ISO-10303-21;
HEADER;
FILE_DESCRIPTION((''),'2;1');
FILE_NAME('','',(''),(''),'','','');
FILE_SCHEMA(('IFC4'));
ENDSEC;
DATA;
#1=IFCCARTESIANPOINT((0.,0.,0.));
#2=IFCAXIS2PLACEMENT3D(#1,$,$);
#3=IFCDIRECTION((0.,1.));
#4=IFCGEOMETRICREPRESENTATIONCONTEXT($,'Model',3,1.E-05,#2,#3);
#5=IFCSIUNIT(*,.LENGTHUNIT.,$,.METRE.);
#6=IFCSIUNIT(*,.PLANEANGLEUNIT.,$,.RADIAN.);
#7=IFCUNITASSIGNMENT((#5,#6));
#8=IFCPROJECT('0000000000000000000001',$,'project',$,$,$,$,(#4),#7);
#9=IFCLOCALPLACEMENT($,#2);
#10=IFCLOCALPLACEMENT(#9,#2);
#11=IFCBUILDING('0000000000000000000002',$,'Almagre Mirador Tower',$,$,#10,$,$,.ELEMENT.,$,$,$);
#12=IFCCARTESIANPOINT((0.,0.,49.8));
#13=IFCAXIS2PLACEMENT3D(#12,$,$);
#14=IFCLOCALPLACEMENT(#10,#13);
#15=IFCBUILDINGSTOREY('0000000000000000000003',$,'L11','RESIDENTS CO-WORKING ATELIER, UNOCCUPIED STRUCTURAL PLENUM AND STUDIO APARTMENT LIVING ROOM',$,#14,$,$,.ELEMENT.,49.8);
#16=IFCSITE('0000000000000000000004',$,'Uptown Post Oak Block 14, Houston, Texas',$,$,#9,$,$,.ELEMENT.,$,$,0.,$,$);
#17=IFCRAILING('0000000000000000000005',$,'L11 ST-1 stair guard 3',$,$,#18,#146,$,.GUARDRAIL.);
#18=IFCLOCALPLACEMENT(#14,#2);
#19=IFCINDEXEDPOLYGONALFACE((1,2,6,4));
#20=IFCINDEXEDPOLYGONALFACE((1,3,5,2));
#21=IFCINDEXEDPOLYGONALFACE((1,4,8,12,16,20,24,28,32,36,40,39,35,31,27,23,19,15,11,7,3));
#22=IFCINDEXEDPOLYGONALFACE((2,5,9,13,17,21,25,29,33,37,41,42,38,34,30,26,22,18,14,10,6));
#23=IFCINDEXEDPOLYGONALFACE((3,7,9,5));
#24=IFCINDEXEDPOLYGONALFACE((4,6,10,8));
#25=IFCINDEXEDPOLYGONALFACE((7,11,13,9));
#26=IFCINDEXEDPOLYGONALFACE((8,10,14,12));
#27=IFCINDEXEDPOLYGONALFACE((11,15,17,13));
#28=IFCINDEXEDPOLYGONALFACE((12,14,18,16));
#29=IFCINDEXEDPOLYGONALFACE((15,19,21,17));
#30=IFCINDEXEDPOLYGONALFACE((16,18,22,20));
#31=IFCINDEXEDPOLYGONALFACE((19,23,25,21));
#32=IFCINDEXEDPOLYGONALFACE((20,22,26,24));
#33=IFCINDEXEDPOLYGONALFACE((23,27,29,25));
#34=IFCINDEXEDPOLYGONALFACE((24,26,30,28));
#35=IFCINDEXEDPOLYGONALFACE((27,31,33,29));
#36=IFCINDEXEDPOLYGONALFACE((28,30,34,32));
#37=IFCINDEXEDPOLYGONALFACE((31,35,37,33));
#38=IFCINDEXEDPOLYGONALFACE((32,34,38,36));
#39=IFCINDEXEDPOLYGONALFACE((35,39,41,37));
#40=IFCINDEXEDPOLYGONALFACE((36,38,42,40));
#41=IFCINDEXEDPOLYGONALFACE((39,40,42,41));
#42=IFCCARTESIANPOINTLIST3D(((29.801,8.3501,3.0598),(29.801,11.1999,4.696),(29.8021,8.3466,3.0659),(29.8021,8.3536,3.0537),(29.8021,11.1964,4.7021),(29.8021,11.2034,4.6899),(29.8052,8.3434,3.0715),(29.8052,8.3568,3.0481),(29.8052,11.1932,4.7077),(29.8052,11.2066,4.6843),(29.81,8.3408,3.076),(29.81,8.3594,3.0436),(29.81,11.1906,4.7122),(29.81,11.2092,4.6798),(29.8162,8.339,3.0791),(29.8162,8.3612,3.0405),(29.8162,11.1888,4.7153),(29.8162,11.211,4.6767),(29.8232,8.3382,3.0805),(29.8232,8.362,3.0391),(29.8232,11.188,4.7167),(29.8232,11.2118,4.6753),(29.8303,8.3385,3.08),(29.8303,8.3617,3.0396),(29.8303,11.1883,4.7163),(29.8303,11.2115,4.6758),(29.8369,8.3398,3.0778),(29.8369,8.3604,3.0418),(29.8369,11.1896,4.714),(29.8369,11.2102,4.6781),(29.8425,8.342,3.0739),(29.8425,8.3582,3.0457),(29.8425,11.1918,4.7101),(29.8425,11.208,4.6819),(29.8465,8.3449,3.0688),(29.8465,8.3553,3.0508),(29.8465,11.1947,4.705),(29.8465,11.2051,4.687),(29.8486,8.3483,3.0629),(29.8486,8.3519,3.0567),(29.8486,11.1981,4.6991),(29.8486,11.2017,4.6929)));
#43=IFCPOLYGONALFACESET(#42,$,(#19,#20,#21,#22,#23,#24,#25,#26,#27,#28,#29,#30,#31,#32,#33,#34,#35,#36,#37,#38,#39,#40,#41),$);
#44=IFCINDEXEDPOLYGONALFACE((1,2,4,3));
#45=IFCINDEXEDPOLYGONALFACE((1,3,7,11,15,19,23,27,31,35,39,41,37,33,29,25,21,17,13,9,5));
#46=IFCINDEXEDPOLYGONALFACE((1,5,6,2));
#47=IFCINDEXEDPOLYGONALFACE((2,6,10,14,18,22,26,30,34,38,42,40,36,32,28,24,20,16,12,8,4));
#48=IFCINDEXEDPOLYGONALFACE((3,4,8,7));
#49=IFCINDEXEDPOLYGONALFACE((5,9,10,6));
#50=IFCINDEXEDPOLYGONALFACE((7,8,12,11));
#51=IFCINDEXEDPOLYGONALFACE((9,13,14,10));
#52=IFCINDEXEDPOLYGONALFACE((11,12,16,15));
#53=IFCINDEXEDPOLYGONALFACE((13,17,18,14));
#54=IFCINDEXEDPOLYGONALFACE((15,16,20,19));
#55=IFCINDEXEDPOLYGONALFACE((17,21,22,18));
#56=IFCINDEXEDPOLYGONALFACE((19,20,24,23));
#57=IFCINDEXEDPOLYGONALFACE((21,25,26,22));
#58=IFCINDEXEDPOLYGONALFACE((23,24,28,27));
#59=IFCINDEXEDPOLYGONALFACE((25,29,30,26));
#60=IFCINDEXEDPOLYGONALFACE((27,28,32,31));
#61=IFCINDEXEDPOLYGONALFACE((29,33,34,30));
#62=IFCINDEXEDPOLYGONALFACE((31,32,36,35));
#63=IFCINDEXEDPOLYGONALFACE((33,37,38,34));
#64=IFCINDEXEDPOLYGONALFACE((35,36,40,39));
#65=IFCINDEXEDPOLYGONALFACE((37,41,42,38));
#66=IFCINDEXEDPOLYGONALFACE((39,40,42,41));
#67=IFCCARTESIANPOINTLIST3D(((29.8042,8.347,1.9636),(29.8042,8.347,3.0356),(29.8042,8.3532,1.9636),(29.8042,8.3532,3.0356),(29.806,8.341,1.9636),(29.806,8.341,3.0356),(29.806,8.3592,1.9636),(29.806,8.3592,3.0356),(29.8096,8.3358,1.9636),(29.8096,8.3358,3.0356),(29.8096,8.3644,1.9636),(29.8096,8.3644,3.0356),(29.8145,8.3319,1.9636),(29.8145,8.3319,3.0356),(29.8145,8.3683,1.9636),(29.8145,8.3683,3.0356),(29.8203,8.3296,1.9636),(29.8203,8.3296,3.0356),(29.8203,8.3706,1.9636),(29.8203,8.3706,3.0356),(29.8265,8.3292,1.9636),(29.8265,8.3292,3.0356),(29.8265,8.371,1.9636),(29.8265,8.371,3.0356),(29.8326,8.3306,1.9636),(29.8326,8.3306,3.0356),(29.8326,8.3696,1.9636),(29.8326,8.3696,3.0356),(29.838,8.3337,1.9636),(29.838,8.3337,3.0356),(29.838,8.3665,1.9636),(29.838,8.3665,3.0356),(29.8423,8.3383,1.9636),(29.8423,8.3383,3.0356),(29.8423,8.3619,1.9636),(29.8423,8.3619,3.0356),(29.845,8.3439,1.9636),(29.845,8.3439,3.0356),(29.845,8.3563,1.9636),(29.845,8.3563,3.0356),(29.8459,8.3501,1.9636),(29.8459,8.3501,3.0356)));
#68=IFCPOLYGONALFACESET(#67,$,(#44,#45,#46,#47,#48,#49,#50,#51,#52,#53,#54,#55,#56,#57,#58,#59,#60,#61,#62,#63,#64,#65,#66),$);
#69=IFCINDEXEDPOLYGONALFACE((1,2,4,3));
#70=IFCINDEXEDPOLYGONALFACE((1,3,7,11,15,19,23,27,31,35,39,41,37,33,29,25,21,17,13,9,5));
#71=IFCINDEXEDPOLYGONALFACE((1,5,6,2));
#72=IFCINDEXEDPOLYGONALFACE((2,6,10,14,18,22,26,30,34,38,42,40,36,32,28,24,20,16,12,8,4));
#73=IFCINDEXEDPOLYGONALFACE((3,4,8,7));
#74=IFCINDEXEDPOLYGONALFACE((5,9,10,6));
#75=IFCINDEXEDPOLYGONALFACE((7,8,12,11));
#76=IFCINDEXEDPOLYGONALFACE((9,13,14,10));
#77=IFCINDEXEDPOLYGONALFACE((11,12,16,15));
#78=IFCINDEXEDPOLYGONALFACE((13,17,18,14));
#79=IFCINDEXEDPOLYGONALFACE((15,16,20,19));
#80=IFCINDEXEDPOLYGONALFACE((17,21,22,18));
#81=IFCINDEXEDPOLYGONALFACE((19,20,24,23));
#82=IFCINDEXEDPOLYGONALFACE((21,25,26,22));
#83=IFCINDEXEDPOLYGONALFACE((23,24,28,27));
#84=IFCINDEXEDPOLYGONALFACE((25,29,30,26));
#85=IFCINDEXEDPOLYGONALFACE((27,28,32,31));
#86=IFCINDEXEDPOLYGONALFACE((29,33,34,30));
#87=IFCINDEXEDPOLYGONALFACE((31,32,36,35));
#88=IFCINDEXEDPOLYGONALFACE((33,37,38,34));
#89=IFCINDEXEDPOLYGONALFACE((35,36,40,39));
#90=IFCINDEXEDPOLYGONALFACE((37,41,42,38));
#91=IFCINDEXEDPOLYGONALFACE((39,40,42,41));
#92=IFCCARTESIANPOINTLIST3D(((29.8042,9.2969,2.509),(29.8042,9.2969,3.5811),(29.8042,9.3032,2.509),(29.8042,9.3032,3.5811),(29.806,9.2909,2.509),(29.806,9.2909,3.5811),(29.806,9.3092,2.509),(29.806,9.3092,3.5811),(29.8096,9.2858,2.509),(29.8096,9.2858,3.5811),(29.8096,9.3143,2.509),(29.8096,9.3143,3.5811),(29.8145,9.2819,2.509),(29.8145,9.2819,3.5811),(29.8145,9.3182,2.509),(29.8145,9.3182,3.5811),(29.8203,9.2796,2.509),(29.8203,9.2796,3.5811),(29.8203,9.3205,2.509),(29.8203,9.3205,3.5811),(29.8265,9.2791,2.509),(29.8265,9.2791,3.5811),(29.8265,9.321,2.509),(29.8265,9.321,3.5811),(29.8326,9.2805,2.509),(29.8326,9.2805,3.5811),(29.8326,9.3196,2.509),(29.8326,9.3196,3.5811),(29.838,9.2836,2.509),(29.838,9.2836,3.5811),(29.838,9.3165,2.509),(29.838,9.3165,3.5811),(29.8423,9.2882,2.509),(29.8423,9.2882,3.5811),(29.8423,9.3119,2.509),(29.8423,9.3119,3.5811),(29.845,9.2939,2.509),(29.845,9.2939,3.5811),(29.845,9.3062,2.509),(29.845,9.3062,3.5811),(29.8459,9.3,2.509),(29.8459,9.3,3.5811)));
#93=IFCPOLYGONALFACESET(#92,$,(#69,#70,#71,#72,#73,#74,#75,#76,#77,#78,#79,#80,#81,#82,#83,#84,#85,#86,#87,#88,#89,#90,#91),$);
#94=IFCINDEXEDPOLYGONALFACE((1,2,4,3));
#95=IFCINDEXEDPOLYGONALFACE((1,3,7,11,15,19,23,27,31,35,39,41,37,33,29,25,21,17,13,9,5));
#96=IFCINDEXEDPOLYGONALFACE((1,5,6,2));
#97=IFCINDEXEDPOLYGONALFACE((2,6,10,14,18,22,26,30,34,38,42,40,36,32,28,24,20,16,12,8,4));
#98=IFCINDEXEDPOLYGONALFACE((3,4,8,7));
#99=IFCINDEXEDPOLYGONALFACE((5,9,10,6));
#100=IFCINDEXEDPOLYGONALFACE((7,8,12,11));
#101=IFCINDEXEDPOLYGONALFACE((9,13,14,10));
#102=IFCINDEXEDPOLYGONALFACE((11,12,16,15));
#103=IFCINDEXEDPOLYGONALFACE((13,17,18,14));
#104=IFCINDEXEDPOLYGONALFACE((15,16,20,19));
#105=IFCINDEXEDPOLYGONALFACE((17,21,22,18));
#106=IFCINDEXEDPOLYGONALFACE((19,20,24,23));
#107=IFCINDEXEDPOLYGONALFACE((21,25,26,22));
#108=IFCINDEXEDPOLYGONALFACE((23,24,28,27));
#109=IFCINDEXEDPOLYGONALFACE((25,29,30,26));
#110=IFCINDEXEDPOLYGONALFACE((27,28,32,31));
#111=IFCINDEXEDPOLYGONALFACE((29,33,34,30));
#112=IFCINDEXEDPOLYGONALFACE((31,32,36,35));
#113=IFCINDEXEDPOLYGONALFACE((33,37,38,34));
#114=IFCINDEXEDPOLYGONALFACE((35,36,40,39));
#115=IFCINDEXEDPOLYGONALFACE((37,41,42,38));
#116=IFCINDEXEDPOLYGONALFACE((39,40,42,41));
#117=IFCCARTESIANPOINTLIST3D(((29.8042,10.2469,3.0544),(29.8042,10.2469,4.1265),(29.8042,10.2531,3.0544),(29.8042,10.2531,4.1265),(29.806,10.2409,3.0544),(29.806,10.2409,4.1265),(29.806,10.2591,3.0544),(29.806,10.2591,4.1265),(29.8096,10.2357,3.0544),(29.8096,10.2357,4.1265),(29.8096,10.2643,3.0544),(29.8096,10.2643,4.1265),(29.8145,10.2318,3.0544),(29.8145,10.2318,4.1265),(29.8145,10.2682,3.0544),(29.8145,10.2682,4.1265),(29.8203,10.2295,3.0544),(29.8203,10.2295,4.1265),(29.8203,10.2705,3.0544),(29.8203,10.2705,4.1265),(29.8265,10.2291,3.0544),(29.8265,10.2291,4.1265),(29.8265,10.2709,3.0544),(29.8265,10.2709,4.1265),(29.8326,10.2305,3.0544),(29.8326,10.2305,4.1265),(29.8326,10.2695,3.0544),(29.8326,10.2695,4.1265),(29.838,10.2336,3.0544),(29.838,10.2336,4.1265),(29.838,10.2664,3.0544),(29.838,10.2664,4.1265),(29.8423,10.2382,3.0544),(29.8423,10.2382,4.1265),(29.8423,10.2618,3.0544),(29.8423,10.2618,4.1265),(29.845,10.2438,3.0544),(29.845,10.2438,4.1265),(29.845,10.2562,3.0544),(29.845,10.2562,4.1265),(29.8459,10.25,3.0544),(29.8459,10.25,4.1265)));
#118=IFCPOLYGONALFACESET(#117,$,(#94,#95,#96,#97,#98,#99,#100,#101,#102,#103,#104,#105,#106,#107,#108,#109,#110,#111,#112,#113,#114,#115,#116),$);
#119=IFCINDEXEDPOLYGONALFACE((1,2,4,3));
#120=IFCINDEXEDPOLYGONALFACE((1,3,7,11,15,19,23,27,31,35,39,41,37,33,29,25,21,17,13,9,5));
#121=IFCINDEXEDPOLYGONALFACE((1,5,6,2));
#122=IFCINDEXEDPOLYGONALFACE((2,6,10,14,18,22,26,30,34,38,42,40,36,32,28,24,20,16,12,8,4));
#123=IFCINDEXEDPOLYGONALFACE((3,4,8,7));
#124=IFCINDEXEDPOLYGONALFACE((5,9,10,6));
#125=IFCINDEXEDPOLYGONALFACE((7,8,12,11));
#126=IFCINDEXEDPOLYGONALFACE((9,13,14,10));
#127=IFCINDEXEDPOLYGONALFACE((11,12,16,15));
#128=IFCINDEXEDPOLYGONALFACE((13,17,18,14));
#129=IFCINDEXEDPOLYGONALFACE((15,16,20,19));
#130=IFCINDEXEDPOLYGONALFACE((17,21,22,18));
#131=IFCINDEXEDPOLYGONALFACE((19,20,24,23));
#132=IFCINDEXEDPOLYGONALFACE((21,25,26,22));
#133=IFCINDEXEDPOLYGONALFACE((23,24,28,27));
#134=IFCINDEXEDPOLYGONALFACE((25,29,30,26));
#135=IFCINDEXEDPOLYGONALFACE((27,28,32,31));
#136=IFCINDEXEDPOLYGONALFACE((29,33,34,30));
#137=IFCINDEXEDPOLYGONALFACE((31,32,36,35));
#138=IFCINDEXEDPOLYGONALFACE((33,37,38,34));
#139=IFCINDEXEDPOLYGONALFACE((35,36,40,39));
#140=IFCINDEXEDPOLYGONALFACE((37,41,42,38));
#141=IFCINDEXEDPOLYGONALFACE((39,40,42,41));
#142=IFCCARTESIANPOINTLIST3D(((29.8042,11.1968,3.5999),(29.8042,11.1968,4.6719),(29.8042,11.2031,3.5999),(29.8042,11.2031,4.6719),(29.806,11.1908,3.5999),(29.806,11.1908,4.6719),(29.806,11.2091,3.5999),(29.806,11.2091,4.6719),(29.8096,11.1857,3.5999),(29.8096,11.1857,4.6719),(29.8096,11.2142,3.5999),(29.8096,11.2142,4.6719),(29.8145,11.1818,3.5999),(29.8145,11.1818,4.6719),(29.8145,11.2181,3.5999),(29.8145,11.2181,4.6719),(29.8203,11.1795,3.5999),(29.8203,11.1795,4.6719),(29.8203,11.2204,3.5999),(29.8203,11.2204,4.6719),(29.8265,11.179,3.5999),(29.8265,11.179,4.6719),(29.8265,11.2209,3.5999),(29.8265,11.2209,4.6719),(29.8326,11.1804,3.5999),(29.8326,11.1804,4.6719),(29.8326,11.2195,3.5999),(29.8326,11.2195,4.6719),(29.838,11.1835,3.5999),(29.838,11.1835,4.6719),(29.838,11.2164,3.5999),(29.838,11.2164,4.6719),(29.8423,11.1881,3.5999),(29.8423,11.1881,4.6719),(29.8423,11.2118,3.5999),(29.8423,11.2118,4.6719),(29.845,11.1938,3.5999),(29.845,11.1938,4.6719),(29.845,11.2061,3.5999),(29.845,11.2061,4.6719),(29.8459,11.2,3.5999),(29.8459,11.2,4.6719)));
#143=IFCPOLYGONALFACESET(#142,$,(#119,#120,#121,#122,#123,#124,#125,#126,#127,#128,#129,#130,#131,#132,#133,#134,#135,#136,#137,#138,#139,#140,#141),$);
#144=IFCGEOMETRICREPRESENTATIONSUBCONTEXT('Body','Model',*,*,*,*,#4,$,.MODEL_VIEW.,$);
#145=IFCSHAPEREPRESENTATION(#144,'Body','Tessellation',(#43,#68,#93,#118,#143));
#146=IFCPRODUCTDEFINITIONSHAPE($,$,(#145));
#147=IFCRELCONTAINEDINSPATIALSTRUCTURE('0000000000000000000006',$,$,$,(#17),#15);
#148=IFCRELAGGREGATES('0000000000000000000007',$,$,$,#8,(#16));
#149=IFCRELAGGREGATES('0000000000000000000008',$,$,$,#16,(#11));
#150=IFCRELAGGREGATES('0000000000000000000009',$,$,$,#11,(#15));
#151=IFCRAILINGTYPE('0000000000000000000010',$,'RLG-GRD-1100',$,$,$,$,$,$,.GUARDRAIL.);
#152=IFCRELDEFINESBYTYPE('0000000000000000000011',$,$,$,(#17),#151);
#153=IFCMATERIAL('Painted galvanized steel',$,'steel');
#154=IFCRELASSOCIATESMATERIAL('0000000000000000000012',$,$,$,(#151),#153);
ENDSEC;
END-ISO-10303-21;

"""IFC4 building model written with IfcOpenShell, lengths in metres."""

from ifc_helpers import new_model, si_unit, direction, frame, origin, origin_2d, place, context, subcontext, project, spatial, circle, extrude, material, type_object, element, save


model = new_model("IFC4")

# Units and contexts
model_context = context("Model", 3, precision=1e-05, world=origin(), true_north=direction((0.0, 1.0)))
body_context = subcontext(model_context, "Body", "Model", "MODEL_VIEW")
ifc_project = project(units=[si_unit("LENGTHUNIT", "METRE"), si_unit("PLANEANGLEUNIT", "RADIAN")], contexts=[model_context])

# Site, building, storey
site_placement = place(None, origin())
site = spatial("IfcSite", under=ifc_project, at=site_placement, Name="Uptown Post Oak Block 14, Houston, Texas", CompositionType="ELEMENT", RefElevation=0.0)
building_placement = place(site_placement, origin())
building = spatial("IfcBuilding", under=site, at=building_placement, Name="Almagre Mirador Tower", CompositionType="ELEMENT")
storey_placement = place(building_placement, frame((0.0, 0.0, 49.8)))
storey = spatial("IfcBuildingStorey", under=building, at=storey_placement, Name="L11", Description="RESIDENTS CO-WORKING ATELIER, UNOCCUPIED STRUCTURAL PLENUM AND STUDIO APARTMENT LIVING ROOM", CompositionType="ELEMENT", Elevation=49.8)

# Railing
ifc_material_1 = material(Name="Painted galvanized steel", Category="steel")
railing_type_1 = type_object("IfcRailingType", Name="RLG-GRD-1100", PredefinedType="GUARDRAIL", material=ifc_material_1)
railing_1_placement = place(storey_placement, frame((29.825, 8.3501, 1.9636)))
element("IfcRailing", 1, at=railing_1_placement, inside=storey, type_object=railing_type_1, Name="L11 ST-1 stair guard 3", PredefinedType="GUARDRAIL", context=body_context, shape_type="SweptSolid", body=[
    extrude(circle(Radius=0.0239, at=origin_2d()), frame((0.0, 0.0, 1.0962), z_axis=(0.0, 0.867226, 0.497914), x_axis=(-1.0, 0.0, 0.0)), (0.0, 0.0, 1.0), 3.2861),
    extrude(circle(Radius=0.021, at=origin_2d()), origin(), (0.0, 0.0, 1.0), 1.072),
    extrude(circle(Radius=0.021, at=origin_2d()), frame((0.0, 0.95, 0.5454)), (0.0, 0.0, 1.0), 1.072),
    extrude(circle(Radius=0.021, at=origin_2d()), frame((0.0, 1.8999, 1.0908)), (0.0, 0.0, 1.0), 1.072),
    extrude(circle(Radius=0.021, at=origin_2d()), frame((0.0, 2.8499, 1.6362)), (0.0, 0.0, 1.0), 1.072),
])

save(model, "model.ifc")
